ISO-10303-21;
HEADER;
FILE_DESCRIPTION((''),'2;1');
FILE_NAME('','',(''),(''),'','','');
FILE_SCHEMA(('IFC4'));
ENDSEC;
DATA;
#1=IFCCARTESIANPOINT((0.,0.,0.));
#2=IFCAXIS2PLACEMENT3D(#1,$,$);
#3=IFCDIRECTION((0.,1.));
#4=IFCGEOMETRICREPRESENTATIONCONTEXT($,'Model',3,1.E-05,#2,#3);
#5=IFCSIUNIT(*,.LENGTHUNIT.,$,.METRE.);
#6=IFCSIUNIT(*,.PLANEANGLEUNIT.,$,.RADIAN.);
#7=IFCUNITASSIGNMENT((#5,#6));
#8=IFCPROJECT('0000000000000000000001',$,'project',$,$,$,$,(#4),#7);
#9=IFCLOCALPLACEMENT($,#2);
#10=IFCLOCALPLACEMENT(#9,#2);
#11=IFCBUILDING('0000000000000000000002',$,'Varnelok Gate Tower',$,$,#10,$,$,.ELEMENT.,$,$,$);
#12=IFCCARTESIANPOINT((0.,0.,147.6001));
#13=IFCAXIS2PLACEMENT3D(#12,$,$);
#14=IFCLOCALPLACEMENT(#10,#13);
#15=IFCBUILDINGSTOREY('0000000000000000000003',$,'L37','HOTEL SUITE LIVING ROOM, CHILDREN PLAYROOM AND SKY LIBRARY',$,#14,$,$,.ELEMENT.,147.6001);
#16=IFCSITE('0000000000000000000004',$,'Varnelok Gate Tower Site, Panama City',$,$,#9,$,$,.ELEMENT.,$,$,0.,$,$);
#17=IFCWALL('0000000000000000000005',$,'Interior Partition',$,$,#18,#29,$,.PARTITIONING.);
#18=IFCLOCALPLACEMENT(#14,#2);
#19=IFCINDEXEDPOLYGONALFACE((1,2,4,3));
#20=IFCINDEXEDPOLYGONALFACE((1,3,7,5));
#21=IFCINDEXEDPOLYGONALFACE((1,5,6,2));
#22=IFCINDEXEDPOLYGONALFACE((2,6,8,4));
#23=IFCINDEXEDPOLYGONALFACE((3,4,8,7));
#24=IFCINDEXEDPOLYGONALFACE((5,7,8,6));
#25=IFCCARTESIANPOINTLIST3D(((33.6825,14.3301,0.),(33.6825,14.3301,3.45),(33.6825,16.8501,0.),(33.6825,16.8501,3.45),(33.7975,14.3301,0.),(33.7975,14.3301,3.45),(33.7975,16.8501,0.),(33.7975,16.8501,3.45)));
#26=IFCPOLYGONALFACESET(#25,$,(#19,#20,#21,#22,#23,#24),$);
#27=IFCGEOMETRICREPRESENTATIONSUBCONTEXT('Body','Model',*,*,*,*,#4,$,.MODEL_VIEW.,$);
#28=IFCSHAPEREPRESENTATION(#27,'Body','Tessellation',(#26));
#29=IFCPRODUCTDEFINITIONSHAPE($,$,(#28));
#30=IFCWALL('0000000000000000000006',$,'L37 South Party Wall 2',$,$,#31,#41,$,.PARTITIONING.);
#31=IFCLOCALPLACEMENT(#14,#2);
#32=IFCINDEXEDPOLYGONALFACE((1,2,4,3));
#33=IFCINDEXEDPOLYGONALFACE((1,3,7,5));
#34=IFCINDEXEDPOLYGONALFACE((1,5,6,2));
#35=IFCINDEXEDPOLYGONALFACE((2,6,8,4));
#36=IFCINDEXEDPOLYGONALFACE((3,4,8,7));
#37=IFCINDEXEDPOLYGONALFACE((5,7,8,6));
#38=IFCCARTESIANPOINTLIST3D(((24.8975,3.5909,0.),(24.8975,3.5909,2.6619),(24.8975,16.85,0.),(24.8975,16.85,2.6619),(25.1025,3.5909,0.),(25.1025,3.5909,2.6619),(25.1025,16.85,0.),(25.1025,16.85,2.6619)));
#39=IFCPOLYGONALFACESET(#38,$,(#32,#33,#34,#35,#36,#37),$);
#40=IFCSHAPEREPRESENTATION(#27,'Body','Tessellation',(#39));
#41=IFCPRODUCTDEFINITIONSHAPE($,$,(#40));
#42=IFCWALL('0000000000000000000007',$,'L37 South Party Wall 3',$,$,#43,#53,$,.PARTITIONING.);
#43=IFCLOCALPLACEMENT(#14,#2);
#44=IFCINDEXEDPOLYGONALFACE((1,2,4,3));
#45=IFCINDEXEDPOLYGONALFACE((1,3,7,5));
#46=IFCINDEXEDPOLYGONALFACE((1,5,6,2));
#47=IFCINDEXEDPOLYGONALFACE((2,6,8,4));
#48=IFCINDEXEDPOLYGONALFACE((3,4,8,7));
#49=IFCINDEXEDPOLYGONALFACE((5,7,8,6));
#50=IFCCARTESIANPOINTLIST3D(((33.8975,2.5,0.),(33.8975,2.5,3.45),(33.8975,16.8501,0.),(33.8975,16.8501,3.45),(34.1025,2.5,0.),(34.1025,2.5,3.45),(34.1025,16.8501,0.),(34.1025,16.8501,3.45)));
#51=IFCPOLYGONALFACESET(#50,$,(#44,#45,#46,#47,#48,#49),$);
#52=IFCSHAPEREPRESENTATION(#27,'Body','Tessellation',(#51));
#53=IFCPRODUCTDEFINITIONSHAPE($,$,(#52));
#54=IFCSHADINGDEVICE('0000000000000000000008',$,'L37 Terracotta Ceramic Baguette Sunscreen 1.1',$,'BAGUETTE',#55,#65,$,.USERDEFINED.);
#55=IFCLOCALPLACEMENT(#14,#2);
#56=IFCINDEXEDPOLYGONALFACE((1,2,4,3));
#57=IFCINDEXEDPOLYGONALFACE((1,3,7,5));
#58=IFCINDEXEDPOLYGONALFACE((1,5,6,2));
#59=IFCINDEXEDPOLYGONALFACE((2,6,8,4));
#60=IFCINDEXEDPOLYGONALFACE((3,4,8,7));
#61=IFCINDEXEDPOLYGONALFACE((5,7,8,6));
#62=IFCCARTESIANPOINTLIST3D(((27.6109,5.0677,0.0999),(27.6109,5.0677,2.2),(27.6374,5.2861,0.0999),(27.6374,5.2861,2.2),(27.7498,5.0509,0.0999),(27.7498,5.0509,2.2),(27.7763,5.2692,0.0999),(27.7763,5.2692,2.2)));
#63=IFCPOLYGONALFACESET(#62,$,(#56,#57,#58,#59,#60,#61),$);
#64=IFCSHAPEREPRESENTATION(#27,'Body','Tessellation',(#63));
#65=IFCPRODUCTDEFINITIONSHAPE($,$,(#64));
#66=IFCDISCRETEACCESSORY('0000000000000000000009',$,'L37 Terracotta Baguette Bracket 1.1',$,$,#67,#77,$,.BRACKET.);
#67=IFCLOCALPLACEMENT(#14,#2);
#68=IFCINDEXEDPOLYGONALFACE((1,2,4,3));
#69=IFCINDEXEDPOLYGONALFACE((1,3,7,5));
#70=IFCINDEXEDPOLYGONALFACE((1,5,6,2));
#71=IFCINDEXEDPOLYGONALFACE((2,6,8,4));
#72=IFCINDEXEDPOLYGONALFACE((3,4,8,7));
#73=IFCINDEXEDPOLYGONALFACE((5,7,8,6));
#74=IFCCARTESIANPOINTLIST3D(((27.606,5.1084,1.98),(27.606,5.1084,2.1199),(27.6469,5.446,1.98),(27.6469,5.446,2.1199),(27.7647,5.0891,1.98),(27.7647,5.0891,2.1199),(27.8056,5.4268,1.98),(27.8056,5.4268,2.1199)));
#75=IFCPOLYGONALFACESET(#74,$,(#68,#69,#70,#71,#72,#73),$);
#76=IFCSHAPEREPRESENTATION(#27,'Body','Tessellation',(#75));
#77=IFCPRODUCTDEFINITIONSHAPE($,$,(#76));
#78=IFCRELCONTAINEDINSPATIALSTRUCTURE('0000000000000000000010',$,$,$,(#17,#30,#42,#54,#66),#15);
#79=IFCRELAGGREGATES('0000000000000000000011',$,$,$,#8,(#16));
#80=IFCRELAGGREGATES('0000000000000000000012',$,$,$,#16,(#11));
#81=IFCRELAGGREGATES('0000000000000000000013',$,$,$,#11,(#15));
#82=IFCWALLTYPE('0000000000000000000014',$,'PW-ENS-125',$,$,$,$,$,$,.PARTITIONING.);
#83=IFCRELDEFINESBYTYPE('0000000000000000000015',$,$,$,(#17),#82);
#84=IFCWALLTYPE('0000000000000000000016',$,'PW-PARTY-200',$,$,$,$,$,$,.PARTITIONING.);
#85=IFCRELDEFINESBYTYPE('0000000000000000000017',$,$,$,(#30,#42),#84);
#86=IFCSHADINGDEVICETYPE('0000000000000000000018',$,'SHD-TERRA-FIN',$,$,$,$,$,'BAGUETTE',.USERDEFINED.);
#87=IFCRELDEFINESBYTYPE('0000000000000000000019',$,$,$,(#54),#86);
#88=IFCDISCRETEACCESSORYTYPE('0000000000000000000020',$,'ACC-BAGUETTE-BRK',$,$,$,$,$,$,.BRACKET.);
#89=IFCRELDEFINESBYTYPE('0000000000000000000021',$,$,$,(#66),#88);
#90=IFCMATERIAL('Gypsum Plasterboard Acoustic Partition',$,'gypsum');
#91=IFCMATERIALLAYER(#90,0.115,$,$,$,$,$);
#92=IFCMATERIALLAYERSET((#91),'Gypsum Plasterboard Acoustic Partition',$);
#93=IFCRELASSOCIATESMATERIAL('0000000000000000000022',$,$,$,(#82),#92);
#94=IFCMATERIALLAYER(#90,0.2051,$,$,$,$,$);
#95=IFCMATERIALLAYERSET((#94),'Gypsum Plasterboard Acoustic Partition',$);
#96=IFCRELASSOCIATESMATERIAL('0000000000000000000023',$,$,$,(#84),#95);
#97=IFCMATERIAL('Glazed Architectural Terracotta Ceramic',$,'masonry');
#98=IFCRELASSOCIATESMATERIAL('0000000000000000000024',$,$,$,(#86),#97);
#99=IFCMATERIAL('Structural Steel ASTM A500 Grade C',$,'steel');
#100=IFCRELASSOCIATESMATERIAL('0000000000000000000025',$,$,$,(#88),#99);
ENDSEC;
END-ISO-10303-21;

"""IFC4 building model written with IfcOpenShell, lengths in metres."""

from ifc_helpers import new_model, si_unit, direction, frame, frame_2d, origin, origin_2d, place, context, subcontext, project, spatial, rectangle, extrude, source, transform, mapped, material, layer, layer_set, type_object, element, save


model = new_model("IFC4")

# Units and contexts
model_context = context("Model", 3, precision=1e-05, world=origin(), true_north=direction((0.0, 1.0)))
body_context = subcontext(model_context, "Body", "Model", "MODEL_VIEW")
ifc_project = project(units=[si_unit("LENGTHUNIT", "METRE"), si_unit("PLANEANGLEUNIT", "RADIAN")], contexts=[model_context])

# Site, building, storey
site_placement = place(None, origin())
site = spatial("IfcSite", under=ifc_project, at=site_placement, Name="Varnelok Gate Tower Site, Panama City", CompositionType="ELEMENT", RefElevation=0.0)
building_placement = place(site_placement, origin())
building = spatial("IfcBuilding", under=site, at=building_placement, Name="Varnelok Gate Tower", CompositionType="ELEMENT")
storey_placement = place(building_placement, frame((0.0, 0.0, 147.6001)))
storey = spatial("IfcBuildingStorey", under=building, at=storey_placement, Name="L37", Description="HOTEL SUITE LIVING ROOM, CHILDREN PLAYROOM AND SKY LIBRARY", CompositionType="ELEMENT", Elevation=147.6001)

# Shared definitions
ifc_material_1 = material(Name="Gypsum Plasterboard Acoustic Partition", Category="gypsum")

# Shared definitions
ifc_layer_1 = layer(ifc_material_1, 0.115)
ifc_layer_set_1 = layer_set([ifc_layer_1], Name="Gypsum Plasterboard Acoustic Partition")
wall_type_1 = type_object("IfcWallType", Name="PW-ENS-125", PredefinedType="PARTITIONING", material=ifc_layer_set_1)

# Walls
wall_1_placement = place(storey_placement, frame((33.74, 14.3301, 0.0), z_axis=(0.0, 0.0, 1.0), x_axis=(0.0, 1.0, 0.0)))
element("IfcWall", 1, at=wall_1_placement, inside=storey, type_object=wall_type_1, Name="Interior Partition", PredefinedType="PARTITIONING", context=body_context, shape_type="SweptSolid", body=[
    extrude(rectangle(XDim=2.52, YDim=0.115, at=frame_2d((1.26, 0.0))), origin(), (0.0, 0.0, 1.0), 3.45),
])
ifc_layer_2 = layer(ifc_material_1, 0.2051)
ifc_layer_set_2 = layer_set([ifc_layer_2], Name="Gypsum Plasterboard Acoustic Partition")
wall_type_2 = type_object("IfcWallType", Name="PW-PARTY-200", PredefinedType="PARTITIONING", material=ifc_layer_set_2)
wall_2_placement = place(storey_placement, frame((25.0, 3.5911, 0.0), z_axis=(0.0, 0.0, 1.0), x_axis=(0.0, 1.0, 0.0)))
element("IfcWall", 2, at=wall_2_placement, inside=storey, type_object=wall_type_2, Name="L37 South Party Wall 2", PredefinedType="PARTITIONING", context=body_context, shape_type="SweptSolid", body=[
    extrude(rectangle(XDim=13.259, YDim=0.2051, at=frame_2d((6.6294, 0.0))), origin(), (0.0, 0.0, 1.0), 2.6619),
])
wall_3_placement = place(storey_placement, frame((34.0, 2.5, 0.0), z_axis=(0.0, 0.0, 1.0), x_axis=(0.0, 1.0, 0.0)))
element("IfcWall", 3, at=wall_3_placement, inside=storey, type_object=wall_type_2, Name="L37 South Party Wall 3", PredefinedType="PARTITIONING", context=body_context, shape_type="SweptSolid", body=[
    extrude(rectangle(XDim=14.3501, YDim=0.2051, at=frame_2d((7.175, 0.0))), origin(), (0.0, 0.0, 1.0), 3.45),
])

# Shading device
ifc_material_2 = material(Name="Glazed Architectural Terracotta Ceramic", Category="masonry")
shading_device_type = type_object("IfcShadingDeviceType", Name="SHD-TERRA-FIN", ElementType="BAGUETTE", PredefinedType="USERDEFINED", material=ifc_material_2)
shared_shape_1 = source(origin(), body_context, "Body", "SweptSolid", [
    extrude(rectangle(XDim=0.1399, YDim=0.22, at=origin_2d()), origin(), (0.0, 0.0, 1.0), 2.1001),
])
shading_device_placement = place(storey_placement, frame((27.6936, 5.1685, 0.0999), z_axis=(0.0, 0.0, 1.0), x_axis=(0.992732, -0.120345, 0.0)))
element("IfcShadingDevice", 4, at=shading_device_placement, inside=storey, type_object=shading_device_type, Name="L37 Terracotta Ceramic Baguette Sunscreen 1.1", ObjectType="BAGUETTE", PredefinedType="USERDEFINED", context=body_context, shape_type="MappedRepresentation", body=[
    mapped(shared_shape_1, transform((0.0, 0.0, 0.0), scale=1.0)),
])

# Discrete accessory
ifc_material_3 = material(Name="Structural Steel ASTM A500 Grade C", Category="steel")
discrete_accessory_type = type_object("IfcDiscreteAccessoryType", Name="ACC-BAGUETTE-BRK", PredefinedType="BRACKET", material=ifc_material_3)
shared_shape_2 = source(origin(), body_context, "Body", "SweptSolid", [
    extrude(rectangle(XDim=0.1599, YDim=0.3401, at=origin_2d()), origin(), (0.0, 0.0, 1.0), 0.1399),
])
discrete_accessory_placement = place(storey_placement, frame((27.7058, 5.2676, 1.98), z_axis=(0.0, 0.0, 1.0), x_axis=(0.992732, -0.120345, 0.0)))
element("IfcDiscreteAccessory", 5, at=discrete_accessory_placement, inside=storey, type_object=discrete_accessory_type, Name="L37 Terracotta Baguette Bracket 1.1", PredefinedType="BRACKET", context=body_context, shape_type="MappedRepresentation", body=[
    mapped(shared_shape_2, transform((0.0, 0.0, 0.0), scale=1.0)),
])

save(model, "model.ifc")
